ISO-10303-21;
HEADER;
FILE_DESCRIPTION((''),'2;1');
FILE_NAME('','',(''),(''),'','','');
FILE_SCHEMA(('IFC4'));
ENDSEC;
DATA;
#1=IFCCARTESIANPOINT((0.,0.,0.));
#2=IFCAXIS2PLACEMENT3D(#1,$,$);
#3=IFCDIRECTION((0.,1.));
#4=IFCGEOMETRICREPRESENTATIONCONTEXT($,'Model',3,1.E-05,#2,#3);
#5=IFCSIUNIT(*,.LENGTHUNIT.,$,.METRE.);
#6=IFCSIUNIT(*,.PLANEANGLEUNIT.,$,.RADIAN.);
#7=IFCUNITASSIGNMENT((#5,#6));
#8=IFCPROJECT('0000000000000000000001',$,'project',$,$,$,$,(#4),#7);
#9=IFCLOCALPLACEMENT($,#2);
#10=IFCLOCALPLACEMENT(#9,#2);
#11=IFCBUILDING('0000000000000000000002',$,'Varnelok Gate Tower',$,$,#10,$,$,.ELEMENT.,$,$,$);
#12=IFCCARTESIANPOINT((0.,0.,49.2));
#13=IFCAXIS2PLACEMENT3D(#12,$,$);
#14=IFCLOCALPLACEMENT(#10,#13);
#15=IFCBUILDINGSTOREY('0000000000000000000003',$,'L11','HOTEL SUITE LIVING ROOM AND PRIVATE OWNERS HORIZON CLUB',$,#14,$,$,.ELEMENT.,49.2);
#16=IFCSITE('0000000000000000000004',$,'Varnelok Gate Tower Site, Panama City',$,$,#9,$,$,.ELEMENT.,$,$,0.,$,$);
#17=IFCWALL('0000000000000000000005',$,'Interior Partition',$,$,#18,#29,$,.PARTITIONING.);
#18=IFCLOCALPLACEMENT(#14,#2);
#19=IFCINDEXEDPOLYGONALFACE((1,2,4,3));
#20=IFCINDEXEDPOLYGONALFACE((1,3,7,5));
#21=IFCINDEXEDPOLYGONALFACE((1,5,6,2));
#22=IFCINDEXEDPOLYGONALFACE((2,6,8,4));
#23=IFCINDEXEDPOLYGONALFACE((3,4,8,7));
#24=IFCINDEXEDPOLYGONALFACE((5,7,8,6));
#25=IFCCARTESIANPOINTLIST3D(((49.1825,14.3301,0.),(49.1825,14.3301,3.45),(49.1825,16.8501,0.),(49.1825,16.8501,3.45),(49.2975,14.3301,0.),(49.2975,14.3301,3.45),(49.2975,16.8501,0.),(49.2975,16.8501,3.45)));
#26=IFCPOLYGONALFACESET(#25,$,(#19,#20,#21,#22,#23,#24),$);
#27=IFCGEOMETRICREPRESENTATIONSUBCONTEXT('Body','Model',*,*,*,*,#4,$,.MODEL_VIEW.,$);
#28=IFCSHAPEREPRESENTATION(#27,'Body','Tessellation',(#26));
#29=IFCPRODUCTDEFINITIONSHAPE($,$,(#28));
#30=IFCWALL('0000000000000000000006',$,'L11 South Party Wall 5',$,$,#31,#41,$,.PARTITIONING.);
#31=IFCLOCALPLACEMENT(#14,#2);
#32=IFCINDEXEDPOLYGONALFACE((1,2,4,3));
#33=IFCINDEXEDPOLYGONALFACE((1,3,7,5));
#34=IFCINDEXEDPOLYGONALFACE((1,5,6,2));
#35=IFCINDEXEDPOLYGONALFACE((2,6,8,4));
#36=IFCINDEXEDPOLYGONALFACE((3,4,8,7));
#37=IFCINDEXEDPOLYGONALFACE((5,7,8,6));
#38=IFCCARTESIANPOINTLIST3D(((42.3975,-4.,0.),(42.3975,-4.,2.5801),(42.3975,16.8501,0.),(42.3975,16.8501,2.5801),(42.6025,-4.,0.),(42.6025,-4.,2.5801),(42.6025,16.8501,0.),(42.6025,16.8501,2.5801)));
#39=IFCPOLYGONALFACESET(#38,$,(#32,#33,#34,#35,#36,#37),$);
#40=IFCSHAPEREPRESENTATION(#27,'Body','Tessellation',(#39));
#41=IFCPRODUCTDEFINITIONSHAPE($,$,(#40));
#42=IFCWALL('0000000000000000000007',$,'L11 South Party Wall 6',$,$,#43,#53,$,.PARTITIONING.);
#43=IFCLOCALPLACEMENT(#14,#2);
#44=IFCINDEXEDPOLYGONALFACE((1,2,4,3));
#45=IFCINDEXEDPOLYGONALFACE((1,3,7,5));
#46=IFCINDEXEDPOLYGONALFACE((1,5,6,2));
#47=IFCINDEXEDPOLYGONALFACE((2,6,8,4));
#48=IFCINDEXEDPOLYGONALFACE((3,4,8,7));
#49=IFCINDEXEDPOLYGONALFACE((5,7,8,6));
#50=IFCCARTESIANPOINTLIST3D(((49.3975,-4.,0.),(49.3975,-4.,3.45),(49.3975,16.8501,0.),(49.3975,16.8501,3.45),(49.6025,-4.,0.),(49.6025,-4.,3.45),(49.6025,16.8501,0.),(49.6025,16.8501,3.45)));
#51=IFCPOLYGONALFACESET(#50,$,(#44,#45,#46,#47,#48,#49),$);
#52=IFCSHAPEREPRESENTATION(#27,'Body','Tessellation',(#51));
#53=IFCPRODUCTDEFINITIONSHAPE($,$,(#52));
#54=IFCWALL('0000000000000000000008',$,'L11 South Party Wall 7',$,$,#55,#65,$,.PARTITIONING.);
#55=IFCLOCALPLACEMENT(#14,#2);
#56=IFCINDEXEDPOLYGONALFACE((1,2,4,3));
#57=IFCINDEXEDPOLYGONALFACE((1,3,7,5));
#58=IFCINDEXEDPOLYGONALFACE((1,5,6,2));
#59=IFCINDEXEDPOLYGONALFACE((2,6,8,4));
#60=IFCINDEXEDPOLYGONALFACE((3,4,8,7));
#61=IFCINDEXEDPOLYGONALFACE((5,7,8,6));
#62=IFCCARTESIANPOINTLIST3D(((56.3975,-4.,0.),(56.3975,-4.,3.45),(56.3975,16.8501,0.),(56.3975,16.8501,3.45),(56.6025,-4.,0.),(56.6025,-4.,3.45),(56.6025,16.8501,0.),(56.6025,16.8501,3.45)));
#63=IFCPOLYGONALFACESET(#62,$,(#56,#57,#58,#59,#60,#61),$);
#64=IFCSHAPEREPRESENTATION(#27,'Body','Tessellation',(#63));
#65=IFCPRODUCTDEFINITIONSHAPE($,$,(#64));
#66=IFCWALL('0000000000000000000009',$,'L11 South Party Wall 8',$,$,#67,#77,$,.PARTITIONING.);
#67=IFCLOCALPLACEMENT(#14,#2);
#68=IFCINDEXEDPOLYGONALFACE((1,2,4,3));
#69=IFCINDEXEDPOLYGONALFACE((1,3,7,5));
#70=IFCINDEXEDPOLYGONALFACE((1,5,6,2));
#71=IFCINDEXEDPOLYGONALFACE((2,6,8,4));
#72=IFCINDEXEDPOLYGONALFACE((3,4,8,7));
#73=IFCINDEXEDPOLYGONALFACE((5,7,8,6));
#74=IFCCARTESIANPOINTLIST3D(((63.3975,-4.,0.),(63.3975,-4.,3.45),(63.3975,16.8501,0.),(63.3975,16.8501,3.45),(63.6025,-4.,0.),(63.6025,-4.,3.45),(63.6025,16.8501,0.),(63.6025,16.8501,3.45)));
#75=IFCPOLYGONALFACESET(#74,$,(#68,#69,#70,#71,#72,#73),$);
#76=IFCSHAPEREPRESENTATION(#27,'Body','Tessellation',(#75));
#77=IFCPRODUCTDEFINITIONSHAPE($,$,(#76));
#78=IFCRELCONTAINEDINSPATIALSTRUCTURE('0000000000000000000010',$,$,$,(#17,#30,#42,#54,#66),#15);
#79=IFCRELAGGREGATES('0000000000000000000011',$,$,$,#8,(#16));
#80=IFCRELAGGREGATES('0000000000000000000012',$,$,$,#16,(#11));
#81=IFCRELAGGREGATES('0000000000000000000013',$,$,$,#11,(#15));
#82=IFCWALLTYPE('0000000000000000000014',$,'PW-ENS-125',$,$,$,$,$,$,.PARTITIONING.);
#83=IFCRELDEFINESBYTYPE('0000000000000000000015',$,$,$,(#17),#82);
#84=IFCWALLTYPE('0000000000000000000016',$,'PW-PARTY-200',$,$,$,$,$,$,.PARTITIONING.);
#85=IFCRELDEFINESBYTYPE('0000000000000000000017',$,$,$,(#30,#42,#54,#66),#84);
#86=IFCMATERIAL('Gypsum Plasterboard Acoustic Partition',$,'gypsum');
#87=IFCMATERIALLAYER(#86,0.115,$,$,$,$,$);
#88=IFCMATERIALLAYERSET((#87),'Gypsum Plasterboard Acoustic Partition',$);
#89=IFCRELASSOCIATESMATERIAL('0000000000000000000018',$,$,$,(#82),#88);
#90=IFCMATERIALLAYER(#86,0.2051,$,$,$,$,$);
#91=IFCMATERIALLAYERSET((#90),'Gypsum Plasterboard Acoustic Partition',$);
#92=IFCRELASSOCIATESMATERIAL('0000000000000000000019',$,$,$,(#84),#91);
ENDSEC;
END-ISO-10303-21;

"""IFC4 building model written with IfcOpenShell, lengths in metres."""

from ifc_helpers import new_model, si_unit, direction, frame, frame_2d, origin, place, context, subcontext, project, spatial, rectangle, extrude, material, layer, layer_set, type_object, element, save


model = new_model("IFC4")

# Units and contexts
model_context = context("Model", 3, precision=1e-05, world=origin(), true_north=direction((0.0, 1.0)))
body_context = subcontext(model_context, "Body", "Model", "MODEL_VIEW")
ifc_project = project(units=[si_unit("LENGTHUNIT", "METRE"), si_unit("PLANEANGLEUNIT", "RADIAN")], contexts=[model_context])

# Site, building, storey
site_placement = place(None, origin())
site = spatial("IfcSite", under=ifc_project, at=site_placement, Name="Varnelok Gate Tower Site, Panama City", CompositionType="ELEMENT", RefElevation=0.0)
building_placement = place(site_placement, origin())
building = spatial("IfcBuilding", under=site, at=building_placement, Name="Varnelok Gate Tower", CompositionType="ELEMENT")
storey_placement = place(building_placement, frame((0.0, 0.0, 49.2)))
storey = spatial("IfcBuildingStorey", under=building, at=storey_placement, Name="L11", Description="HOTEL SUITE LIVING ROOM AND PRIVATE OWNERS HORIZON CLUB", CompositionType="ELEMENT", Elevation=49.2)

# Shared definitions
ifc_material_1 = material(Name="Gypsum Plasterboard Acoustic Partition", Category="gypsum")
ifc_layer_1 = layer(ifc_material_1, 0.115)
ifc_layer_set_1 = layer_set([ifc_layer_1], Name="Gypsum Plasterboard Acoustic Partition")
wall_type_1 = type_object("IfcWallType", Name="PW-ENS-125", PredefinedType="PARTITIONING", material=ifc_layer_set_1)

# Walls
wall_1_placement = place(storey_placement, frame((49.24, 14.3301, 0.0), z_axis=(0.0, 0.0, 1.0), x_axis=(0.0, 1.0, 0.0)))
element("IfcWall", 1, at=wall_1_placement, inside=storey, type_object=wall_type_1, Name="Interior Partition", PredefinedType="PARTITIONING", context=body_context, shape_type="SweptSolid", body=[
    extrude(rectangle(XDim=2.52, YDim=0.115, at=frame_2d((1.26, 0.0))), origin(), (0.0, 0.0, 1.0), 3.45),
])
ifc_layer_2 = layer(ifc_material_1, 0.2051)
ifc_layer_set_2 = layer_set([ifc_layer_2], Name="Gypsum Plasterboard Acoustic Partition")
wall_type_2 = type_object("IfcWallType", Name="PW-PARTY-200", PredefinedType="PARTITIONING", material=ifc_layer_set_2)
wall_2_placement = place(storey_placement, frame((42.5, -4.0, 0.0), z_axis=(0.0, 0.0, 1.0), x_axis=(0.0, 1.0, 0.0)))
element("IfcWall", 2, at=wall_2_placement, inside=storey, type_object=wall_type_2, Name="L11 South Party Wall 5", PredefinedType="PARTITIONING", context=body_context, shape_type="SweptSolid", body=[
    extrude(rectangle(XDim=20.8501, YDim=0.2051, at=frame_2d((10.425, 0.0))), origin(), (0.0, 0.0, 1.0), 2.5801),
])
for number, where, z_axis, x_axis, name in (
    (3, (49.5, -4.0, 0.0), (0.0, 0.0, 1.0), (0.0, 1.0, 0.0), "L11 South Party Wall 6"),
    (4, (56.5, -4.0, 0.0), (0.0, 0.0, 1.0), (0.0, 1.0, 0.0), "L11 South Party Wall 7"),
    (5, (63.5, -4.0, 0.0), (0.0, 0.0, 1.0), (0.0, 1.0, 0.0), "L11 South Party Wall 8"),
):
    element("IfcWall", number, at=place(storey_placement, frame(where, z_axis=z_axis, x_axis=x_axis)), inside=storey, type_object=wall_type_2, Name=name, PredefinedType="PARTITIONING", context=body_context, shape_type="SweptSolid", body=[
        extrude(rectangle(XDim=20.8501, YDim=0.2051, at=frame_2d((10.425, 0.0))), origin(), (0.0, 0.0, 1.0), 3.45),
    ])

save(model, "model.ifc")
